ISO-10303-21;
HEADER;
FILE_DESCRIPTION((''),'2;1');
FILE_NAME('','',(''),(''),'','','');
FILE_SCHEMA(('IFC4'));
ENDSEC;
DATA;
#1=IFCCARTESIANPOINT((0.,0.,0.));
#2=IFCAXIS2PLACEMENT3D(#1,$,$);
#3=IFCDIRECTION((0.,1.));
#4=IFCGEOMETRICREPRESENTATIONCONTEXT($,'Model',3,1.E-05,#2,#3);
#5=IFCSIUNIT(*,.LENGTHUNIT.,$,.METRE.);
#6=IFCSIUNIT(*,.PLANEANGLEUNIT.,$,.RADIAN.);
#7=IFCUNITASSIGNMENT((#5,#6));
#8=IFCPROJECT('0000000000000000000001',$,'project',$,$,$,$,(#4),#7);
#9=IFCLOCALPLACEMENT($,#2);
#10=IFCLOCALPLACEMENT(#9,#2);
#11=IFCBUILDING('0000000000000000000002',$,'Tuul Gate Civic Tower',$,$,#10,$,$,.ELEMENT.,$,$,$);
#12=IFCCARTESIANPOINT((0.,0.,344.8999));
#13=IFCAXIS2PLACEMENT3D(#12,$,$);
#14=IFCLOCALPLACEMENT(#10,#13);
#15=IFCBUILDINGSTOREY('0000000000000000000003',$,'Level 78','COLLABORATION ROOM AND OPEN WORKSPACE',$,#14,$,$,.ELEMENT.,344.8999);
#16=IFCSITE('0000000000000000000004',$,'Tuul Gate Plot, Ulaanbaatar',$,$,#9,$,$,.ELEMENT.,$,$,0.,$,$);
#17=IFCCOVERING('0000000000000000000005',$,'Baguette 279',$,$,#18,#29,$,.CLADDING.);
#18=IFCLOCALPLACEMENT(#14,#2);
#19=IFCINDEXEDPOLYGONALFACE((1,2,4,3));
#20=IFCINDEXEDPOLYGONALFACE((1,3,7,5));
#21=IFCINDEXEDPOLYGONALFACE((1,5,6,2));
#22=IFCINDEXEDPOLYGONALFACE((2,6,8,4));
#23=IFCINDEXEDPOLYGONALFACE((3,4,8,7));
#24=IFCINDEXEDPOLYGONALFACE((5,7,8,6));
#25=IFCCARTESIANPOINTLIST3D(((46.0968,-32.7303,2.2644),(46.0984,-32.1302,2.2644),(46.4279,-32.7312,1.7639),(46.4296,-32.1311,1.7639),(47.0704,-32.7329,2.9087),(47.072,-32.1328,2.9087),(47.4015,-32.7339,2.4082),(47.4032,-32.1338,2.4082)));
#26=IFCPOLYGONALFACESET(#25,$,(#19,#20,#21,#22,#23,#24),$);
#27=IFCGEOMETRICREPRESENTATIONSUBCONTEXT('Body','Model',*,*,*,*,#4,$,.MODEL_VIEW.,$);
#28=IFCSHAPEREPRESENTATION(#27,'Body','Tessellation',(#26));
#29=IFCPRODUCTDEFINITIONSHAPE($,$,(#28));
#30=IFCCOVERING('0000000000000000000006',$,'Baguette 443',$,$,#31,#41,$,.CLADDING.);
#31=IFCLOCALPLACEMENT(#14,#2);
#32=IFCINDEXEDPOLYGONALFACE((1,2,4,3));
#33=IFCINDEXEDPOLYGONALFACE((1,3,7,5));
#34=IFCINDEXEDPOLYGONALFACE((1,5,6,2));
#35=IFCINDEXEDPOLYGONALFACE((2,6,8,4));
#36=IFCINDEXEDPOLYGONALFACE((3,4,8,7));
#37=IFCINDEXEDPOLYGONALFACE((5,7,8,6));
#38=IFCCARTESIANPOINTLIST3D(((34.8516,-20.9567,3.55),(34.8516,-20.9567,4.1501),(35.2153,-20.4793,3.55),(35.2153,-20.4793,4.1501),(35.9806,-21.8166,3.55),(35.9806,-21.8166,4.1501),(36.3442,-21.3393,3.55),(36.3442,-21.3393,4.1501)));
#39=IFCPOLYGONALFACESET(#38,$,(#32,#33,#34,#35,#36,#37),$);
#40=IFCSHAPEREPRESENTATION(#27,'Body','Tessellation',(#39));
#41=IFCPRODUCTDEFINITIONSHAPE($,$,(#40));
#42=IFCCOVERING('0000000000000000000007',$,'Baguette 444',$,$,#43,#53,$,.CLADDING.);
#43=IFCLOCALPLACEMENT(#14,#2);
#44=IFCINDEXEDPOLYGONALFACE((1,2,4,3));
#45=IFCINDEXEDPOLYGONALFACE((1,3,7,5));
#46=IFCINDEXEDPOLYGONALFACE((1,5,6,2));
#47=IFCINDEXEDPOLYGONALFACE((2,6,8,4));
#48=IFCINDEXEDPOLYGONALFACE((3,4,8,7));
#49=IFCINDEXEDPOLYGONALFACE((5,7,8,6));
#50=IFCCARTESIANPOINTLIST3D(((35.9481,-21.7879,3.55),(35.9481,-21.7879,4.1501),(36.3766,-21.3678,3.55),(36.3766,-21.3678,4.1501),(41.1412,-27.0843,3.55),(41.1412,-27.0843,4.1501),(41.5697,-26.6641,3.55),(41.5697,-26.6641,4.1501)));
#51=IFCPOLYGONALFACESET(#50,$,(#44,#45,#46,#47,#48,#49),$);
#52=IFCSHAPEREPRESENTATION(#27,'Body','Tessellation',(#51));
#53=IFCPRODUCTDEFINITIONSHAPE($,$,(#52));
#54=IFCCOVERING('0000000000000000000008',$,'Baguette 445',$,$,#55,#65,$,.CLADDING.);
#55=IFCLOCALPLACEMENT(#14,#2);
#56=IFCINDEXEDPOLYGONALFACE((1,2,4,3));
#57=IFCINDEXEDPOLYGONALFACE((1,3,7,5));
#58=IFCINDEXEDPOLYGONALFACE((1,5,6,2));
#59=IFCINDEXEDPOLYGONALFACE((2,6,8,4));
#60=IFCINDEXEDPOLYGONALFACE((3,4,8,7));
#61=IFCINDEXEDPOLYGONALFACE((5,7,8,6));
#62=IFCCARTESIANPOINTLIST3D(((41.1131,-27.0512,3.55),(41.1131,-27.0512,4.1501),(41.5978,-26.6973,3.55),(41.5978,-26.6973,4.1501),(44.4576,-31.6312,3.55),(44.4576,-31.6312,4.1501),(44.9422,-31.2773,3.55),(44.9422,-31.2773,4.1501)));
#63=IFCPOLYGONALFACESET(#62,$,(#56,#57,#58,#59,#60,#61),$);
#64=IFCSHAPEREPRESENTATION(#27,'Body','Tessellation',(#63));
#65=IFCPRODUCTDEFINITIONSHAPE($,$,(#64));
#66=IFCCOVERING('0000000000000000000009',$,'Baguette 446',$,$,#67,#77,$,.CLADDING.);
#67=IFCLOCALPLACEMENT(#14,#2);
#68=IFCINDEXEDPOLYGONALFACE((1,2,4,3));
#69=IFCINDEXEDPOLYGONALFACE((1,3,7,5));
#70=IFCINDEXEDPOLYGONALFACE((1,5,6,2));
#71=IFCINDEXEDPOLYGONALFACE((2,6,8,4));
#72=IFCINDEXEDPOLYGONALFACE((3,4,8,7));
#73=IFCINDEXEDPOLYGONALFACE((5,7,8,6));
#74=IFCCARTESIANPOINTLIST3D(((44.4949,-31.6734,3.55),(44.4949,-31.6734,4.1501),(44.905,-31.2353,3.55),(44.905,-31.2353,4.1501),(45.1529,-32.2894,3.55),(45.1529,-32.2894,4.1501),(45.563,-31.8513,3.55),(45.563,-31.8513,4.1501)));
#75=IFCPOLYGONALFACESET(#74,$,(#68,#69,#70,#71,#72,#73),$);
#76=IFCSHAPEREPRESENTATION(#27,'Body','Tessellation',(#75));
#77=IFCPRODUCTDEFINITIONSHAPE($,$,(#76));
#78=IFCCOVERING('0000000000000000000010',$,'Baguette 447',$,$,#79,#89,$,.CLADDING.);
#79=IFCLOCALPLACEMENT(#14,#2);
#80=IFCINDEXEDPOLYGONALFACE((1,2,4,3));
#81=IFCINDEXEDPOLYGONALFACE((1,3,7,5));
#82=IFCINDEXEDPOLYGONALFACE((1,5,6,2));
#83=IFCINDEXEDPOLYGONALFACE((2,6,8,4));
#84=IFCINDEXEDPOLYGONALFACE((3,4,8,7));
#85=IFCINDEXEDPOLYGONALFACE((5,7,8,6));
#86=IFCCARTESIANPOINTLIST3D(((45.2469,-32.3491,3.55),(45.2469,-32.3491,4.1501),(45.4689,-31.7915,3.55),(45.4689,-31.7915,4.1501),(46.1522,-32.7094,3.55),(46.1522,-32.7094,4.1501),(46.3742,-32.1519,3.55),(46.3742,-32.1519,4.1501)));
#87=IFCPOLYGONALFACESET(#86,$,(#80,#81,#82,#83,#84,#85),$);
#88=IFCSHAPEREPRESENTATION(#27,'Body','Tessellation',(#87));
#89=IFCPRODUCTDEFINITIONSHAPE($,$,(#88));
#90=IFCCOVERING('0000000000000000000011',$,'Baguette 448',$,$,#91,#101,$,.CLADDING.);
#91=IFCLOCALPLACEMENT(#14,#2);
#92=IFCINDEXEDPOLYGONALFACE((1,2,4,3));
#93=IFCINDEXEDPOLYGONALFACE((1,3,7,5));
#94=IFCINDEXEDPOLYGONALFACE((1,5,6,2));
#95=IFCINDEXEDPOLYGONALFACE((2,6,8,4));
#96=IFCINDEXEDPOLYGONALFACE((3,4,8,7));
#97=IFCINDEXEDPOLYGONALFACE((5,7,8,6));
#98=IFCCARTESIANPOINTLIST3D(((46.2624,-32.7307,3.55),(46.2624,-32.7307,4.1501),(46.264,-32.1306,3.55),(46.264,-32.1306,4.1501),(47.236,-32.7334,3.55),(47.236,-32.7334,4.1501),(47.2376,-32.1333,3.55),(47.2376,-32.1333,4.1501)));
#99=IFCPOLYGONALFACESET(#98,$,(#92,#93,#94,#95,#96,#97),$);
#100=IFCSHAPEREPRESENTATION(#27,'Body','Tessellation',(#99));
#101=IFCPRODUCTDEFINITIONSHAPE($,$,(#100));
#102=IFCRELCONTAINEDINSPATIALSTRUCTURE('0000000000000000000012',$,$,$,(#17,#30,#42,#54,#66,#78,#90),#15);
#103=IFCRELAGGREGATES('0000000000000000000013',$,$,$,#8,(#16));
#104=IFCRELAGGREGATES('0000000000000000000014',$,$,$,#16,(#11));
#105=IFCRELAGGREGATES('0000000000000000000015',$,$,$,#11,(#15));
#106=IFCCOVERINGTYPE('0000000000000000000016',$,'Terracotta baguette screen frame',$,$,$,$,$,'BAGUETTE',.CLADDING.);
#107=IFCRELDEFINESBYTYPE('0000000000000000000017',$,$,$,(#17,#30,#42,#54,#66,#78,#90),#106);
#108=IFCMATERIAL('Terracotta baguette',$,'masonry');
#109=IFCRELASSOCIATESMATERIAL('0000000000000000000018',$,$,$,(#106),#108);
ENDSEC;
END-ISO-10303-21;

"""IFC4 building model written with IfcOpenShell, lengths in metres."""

from ifc_helpers import new_model, si_unit, direction, frame, origin, origin_2d, place, context, subcontext, project, spatial, rectangle, extrude, material, material_profile, profile_set, type_object, element, save


model = new_model("IFC4")

# Units and contexts
model_context = context("Model", 3, precision=1e-05, world=origin(), true_north=direction((0.0, 1.0)))
body_context = subcontext(model_context, "Body", "Model", "MODEL_VIEW")
ifc_project = project(units=[si_unit("LENGTHUNIT", "METRE"), si_unit("PLANEANGLEUNIT", "RADIAN")], contexts=[model_context])

# Site, building, storey
site_placement = place(None, origin())
site = spatial("IfcSite", under=ifc_project, at=site_placement, Name="Tuul Gate Plot, Ulaanbaatar", CompositionType="ELEMENT", RefElevation=0.0)
building_placement = place(site_placement, origin())
building = spatial("IfcBuilding", under=site, at=building_placement, Name="Tuul Gate Civic Tower", CompositionType="ELEMENT")
storey_placement = place(building_placement, frame((0.0, 0.0, 344.8999)))
storey = spatial("IfcBuildingStorey", under=building, at=storey_placement, Name="Level 78", Description="COLLABORATION ROOM AND OPEN WORKSPACE", CompositionType="ELEMENT", Elevation=344.8999)

# Coverings
ifc_material_1 = material(Name="Terracotta baguette", Category="masonry")
ifc_material_profile_1 = material_profile(ifc_material_1, rectangle(XDim=0.6001, YDim=0.6001, at=origin_2d()), Name="Terracotta baguette screen frame")
ifc_profile_set_1 = profile_set([ifc_material_profile_1], Name="Terracotta baguette")
covering_type = type_object("IfcCoveringType", Name="Terracotta baguette screen frame", ElementType="BAGUETTE", PredefinedType="CLADDING", material=ifc_profile_set_1)
covering_1_placement = place(storey_placement, frame((46.2632, -32.4307, 2.0142), z_axis=(0.833941, -0.0023, 0.551848), x_axis=(0.002758, 0.999996, 0.0)))
element("IfcCovering", 1, at=covering_1_placement, inside=storey, type_object=covering_type, Name="Baguette 279", PredefinedType="CLADDING", context=body_context, shape_type="SweptSolid", body=[
    extrude(rectangle(XDim=0.6001, YDim=0.6001, at=origin_2d()), origin(), (0.0, 0.0, 1.0), 1.1675),
])
covering_2_placement = place(storey_placement, frame((35.0334, -20.718, 3.8501), z_axis=(0.795519, -0.605929, 0.0), x_axis=(0.605929, 0.795519, 0.0)))
element("IfcCovering", 2, at=covering_2_placement, inside=storey, type_object=covering_type, Name="Baguette 443", PredefinedType="CLADDING", context=body_context, shape_type="SweptSolid", body=[
    extrude(rectangle(XDim=0.6001, YDim=0.6001, at=origin_2d()), origin(), (0.0, 0.0, 1.0), 1.4192),
])
covering_3_placement = place(storey_placement, frame((36.1624, -21.5779, 3.8501), z_axis=(0.700111, -0.714034, 0.0), x_axis=(0.714034, 0.700111, 0.0)))
element("IfcCovering", 3, at=covering_3_placement, inside=storey, type_object=covering_type, Name="Baguette 444", PredefinedType="CLADDING", context=body_context, shape_type="SweptSolid", body=[
    extrude(rectangle(XDim=0.6001, YDim=0.6001, at=origin_2d()), origin(), (0.0, 0.0, 1.0), 7.4175),
])
covering_4_placement = place(storey_placement, frame((41.3555, -26.8743, 3.8501), z_axis=(0.589729, -0.807601, 0.0), x_axis=(0.807601, 0.589729, 0.0)))
element("IfcCovering", 4, at=covering_4_placement, inside=storey, type_object=covering_type, Name="Baguette 445", PredefinedType="CLADDING", context=body_context, shape_type="SweptSolid", body=[
    extrude(rectangle(XDim=0.6001, YDim=0.6001, at=origin_2d()), origin(), (0.0, 0.0, 1.0), 5.6711),
])
covering_5_placement = place(storey_placement, frame((44.7, -31.4543, 3.8501), z_axis=(0.730019, -0.683427, 0.0), x_axis=(0.683427, 0.730019, 0.0)))
element("IfcCovering", 5, at=covering_5_placement, inside=storey, type_object=covering_type, Name="Baguette 446", PredefinedType="CLADDING", context=body_context, shape_type="SweptSolid", body=[
    extrude(rectangle(XDim=0.6001, YDim=0.6001, at=origin_2d()), origin(), (0.0, 0.0, 1.0), 0.9014),
])
covering_6_placement = place(storey_placement, frame((45.3579, -32.0703, 3.8501), z_axis=(0.929097, -0.369835, 0.0), x_axis=(0.369835, 0.929097, 0.0)))
element("IfcCovering", 6, at=covering_6_placement, inside=storey, type_object=covering_type, Name="Baguette 447", PredefinedType="CLADDING", context=body_context, shape_type="SweptSolid", body=[
    extrude(rectangle(XDim=0.6001, YDim=0.6001, at=origin_2d()), origin(), (0.0, 0.0, 1.0), 0.9744),
])
covering_7_placement = place(storey_placement, frame((46.2632, -32.4307, 3.8501), z_axis=(0.999996, -0.002758, 0.0), x_axis=(0.002758, 0.999996, 0.0)))
element("IfcCovering", 7, at=covering_7_placement, inside=storey, type_object=covering_type, Name="Baguette 448", PredefinedType="CLADDING", context=body_context, shape_type="SweptSolid", body=[
    extrude(rectangle(XDim=0.6001, YDim=0.6001, at=origin_2d()), origin(), (0.0, 0.0, 1.0), 0.9736),
])

save(model, "model.ifc")
